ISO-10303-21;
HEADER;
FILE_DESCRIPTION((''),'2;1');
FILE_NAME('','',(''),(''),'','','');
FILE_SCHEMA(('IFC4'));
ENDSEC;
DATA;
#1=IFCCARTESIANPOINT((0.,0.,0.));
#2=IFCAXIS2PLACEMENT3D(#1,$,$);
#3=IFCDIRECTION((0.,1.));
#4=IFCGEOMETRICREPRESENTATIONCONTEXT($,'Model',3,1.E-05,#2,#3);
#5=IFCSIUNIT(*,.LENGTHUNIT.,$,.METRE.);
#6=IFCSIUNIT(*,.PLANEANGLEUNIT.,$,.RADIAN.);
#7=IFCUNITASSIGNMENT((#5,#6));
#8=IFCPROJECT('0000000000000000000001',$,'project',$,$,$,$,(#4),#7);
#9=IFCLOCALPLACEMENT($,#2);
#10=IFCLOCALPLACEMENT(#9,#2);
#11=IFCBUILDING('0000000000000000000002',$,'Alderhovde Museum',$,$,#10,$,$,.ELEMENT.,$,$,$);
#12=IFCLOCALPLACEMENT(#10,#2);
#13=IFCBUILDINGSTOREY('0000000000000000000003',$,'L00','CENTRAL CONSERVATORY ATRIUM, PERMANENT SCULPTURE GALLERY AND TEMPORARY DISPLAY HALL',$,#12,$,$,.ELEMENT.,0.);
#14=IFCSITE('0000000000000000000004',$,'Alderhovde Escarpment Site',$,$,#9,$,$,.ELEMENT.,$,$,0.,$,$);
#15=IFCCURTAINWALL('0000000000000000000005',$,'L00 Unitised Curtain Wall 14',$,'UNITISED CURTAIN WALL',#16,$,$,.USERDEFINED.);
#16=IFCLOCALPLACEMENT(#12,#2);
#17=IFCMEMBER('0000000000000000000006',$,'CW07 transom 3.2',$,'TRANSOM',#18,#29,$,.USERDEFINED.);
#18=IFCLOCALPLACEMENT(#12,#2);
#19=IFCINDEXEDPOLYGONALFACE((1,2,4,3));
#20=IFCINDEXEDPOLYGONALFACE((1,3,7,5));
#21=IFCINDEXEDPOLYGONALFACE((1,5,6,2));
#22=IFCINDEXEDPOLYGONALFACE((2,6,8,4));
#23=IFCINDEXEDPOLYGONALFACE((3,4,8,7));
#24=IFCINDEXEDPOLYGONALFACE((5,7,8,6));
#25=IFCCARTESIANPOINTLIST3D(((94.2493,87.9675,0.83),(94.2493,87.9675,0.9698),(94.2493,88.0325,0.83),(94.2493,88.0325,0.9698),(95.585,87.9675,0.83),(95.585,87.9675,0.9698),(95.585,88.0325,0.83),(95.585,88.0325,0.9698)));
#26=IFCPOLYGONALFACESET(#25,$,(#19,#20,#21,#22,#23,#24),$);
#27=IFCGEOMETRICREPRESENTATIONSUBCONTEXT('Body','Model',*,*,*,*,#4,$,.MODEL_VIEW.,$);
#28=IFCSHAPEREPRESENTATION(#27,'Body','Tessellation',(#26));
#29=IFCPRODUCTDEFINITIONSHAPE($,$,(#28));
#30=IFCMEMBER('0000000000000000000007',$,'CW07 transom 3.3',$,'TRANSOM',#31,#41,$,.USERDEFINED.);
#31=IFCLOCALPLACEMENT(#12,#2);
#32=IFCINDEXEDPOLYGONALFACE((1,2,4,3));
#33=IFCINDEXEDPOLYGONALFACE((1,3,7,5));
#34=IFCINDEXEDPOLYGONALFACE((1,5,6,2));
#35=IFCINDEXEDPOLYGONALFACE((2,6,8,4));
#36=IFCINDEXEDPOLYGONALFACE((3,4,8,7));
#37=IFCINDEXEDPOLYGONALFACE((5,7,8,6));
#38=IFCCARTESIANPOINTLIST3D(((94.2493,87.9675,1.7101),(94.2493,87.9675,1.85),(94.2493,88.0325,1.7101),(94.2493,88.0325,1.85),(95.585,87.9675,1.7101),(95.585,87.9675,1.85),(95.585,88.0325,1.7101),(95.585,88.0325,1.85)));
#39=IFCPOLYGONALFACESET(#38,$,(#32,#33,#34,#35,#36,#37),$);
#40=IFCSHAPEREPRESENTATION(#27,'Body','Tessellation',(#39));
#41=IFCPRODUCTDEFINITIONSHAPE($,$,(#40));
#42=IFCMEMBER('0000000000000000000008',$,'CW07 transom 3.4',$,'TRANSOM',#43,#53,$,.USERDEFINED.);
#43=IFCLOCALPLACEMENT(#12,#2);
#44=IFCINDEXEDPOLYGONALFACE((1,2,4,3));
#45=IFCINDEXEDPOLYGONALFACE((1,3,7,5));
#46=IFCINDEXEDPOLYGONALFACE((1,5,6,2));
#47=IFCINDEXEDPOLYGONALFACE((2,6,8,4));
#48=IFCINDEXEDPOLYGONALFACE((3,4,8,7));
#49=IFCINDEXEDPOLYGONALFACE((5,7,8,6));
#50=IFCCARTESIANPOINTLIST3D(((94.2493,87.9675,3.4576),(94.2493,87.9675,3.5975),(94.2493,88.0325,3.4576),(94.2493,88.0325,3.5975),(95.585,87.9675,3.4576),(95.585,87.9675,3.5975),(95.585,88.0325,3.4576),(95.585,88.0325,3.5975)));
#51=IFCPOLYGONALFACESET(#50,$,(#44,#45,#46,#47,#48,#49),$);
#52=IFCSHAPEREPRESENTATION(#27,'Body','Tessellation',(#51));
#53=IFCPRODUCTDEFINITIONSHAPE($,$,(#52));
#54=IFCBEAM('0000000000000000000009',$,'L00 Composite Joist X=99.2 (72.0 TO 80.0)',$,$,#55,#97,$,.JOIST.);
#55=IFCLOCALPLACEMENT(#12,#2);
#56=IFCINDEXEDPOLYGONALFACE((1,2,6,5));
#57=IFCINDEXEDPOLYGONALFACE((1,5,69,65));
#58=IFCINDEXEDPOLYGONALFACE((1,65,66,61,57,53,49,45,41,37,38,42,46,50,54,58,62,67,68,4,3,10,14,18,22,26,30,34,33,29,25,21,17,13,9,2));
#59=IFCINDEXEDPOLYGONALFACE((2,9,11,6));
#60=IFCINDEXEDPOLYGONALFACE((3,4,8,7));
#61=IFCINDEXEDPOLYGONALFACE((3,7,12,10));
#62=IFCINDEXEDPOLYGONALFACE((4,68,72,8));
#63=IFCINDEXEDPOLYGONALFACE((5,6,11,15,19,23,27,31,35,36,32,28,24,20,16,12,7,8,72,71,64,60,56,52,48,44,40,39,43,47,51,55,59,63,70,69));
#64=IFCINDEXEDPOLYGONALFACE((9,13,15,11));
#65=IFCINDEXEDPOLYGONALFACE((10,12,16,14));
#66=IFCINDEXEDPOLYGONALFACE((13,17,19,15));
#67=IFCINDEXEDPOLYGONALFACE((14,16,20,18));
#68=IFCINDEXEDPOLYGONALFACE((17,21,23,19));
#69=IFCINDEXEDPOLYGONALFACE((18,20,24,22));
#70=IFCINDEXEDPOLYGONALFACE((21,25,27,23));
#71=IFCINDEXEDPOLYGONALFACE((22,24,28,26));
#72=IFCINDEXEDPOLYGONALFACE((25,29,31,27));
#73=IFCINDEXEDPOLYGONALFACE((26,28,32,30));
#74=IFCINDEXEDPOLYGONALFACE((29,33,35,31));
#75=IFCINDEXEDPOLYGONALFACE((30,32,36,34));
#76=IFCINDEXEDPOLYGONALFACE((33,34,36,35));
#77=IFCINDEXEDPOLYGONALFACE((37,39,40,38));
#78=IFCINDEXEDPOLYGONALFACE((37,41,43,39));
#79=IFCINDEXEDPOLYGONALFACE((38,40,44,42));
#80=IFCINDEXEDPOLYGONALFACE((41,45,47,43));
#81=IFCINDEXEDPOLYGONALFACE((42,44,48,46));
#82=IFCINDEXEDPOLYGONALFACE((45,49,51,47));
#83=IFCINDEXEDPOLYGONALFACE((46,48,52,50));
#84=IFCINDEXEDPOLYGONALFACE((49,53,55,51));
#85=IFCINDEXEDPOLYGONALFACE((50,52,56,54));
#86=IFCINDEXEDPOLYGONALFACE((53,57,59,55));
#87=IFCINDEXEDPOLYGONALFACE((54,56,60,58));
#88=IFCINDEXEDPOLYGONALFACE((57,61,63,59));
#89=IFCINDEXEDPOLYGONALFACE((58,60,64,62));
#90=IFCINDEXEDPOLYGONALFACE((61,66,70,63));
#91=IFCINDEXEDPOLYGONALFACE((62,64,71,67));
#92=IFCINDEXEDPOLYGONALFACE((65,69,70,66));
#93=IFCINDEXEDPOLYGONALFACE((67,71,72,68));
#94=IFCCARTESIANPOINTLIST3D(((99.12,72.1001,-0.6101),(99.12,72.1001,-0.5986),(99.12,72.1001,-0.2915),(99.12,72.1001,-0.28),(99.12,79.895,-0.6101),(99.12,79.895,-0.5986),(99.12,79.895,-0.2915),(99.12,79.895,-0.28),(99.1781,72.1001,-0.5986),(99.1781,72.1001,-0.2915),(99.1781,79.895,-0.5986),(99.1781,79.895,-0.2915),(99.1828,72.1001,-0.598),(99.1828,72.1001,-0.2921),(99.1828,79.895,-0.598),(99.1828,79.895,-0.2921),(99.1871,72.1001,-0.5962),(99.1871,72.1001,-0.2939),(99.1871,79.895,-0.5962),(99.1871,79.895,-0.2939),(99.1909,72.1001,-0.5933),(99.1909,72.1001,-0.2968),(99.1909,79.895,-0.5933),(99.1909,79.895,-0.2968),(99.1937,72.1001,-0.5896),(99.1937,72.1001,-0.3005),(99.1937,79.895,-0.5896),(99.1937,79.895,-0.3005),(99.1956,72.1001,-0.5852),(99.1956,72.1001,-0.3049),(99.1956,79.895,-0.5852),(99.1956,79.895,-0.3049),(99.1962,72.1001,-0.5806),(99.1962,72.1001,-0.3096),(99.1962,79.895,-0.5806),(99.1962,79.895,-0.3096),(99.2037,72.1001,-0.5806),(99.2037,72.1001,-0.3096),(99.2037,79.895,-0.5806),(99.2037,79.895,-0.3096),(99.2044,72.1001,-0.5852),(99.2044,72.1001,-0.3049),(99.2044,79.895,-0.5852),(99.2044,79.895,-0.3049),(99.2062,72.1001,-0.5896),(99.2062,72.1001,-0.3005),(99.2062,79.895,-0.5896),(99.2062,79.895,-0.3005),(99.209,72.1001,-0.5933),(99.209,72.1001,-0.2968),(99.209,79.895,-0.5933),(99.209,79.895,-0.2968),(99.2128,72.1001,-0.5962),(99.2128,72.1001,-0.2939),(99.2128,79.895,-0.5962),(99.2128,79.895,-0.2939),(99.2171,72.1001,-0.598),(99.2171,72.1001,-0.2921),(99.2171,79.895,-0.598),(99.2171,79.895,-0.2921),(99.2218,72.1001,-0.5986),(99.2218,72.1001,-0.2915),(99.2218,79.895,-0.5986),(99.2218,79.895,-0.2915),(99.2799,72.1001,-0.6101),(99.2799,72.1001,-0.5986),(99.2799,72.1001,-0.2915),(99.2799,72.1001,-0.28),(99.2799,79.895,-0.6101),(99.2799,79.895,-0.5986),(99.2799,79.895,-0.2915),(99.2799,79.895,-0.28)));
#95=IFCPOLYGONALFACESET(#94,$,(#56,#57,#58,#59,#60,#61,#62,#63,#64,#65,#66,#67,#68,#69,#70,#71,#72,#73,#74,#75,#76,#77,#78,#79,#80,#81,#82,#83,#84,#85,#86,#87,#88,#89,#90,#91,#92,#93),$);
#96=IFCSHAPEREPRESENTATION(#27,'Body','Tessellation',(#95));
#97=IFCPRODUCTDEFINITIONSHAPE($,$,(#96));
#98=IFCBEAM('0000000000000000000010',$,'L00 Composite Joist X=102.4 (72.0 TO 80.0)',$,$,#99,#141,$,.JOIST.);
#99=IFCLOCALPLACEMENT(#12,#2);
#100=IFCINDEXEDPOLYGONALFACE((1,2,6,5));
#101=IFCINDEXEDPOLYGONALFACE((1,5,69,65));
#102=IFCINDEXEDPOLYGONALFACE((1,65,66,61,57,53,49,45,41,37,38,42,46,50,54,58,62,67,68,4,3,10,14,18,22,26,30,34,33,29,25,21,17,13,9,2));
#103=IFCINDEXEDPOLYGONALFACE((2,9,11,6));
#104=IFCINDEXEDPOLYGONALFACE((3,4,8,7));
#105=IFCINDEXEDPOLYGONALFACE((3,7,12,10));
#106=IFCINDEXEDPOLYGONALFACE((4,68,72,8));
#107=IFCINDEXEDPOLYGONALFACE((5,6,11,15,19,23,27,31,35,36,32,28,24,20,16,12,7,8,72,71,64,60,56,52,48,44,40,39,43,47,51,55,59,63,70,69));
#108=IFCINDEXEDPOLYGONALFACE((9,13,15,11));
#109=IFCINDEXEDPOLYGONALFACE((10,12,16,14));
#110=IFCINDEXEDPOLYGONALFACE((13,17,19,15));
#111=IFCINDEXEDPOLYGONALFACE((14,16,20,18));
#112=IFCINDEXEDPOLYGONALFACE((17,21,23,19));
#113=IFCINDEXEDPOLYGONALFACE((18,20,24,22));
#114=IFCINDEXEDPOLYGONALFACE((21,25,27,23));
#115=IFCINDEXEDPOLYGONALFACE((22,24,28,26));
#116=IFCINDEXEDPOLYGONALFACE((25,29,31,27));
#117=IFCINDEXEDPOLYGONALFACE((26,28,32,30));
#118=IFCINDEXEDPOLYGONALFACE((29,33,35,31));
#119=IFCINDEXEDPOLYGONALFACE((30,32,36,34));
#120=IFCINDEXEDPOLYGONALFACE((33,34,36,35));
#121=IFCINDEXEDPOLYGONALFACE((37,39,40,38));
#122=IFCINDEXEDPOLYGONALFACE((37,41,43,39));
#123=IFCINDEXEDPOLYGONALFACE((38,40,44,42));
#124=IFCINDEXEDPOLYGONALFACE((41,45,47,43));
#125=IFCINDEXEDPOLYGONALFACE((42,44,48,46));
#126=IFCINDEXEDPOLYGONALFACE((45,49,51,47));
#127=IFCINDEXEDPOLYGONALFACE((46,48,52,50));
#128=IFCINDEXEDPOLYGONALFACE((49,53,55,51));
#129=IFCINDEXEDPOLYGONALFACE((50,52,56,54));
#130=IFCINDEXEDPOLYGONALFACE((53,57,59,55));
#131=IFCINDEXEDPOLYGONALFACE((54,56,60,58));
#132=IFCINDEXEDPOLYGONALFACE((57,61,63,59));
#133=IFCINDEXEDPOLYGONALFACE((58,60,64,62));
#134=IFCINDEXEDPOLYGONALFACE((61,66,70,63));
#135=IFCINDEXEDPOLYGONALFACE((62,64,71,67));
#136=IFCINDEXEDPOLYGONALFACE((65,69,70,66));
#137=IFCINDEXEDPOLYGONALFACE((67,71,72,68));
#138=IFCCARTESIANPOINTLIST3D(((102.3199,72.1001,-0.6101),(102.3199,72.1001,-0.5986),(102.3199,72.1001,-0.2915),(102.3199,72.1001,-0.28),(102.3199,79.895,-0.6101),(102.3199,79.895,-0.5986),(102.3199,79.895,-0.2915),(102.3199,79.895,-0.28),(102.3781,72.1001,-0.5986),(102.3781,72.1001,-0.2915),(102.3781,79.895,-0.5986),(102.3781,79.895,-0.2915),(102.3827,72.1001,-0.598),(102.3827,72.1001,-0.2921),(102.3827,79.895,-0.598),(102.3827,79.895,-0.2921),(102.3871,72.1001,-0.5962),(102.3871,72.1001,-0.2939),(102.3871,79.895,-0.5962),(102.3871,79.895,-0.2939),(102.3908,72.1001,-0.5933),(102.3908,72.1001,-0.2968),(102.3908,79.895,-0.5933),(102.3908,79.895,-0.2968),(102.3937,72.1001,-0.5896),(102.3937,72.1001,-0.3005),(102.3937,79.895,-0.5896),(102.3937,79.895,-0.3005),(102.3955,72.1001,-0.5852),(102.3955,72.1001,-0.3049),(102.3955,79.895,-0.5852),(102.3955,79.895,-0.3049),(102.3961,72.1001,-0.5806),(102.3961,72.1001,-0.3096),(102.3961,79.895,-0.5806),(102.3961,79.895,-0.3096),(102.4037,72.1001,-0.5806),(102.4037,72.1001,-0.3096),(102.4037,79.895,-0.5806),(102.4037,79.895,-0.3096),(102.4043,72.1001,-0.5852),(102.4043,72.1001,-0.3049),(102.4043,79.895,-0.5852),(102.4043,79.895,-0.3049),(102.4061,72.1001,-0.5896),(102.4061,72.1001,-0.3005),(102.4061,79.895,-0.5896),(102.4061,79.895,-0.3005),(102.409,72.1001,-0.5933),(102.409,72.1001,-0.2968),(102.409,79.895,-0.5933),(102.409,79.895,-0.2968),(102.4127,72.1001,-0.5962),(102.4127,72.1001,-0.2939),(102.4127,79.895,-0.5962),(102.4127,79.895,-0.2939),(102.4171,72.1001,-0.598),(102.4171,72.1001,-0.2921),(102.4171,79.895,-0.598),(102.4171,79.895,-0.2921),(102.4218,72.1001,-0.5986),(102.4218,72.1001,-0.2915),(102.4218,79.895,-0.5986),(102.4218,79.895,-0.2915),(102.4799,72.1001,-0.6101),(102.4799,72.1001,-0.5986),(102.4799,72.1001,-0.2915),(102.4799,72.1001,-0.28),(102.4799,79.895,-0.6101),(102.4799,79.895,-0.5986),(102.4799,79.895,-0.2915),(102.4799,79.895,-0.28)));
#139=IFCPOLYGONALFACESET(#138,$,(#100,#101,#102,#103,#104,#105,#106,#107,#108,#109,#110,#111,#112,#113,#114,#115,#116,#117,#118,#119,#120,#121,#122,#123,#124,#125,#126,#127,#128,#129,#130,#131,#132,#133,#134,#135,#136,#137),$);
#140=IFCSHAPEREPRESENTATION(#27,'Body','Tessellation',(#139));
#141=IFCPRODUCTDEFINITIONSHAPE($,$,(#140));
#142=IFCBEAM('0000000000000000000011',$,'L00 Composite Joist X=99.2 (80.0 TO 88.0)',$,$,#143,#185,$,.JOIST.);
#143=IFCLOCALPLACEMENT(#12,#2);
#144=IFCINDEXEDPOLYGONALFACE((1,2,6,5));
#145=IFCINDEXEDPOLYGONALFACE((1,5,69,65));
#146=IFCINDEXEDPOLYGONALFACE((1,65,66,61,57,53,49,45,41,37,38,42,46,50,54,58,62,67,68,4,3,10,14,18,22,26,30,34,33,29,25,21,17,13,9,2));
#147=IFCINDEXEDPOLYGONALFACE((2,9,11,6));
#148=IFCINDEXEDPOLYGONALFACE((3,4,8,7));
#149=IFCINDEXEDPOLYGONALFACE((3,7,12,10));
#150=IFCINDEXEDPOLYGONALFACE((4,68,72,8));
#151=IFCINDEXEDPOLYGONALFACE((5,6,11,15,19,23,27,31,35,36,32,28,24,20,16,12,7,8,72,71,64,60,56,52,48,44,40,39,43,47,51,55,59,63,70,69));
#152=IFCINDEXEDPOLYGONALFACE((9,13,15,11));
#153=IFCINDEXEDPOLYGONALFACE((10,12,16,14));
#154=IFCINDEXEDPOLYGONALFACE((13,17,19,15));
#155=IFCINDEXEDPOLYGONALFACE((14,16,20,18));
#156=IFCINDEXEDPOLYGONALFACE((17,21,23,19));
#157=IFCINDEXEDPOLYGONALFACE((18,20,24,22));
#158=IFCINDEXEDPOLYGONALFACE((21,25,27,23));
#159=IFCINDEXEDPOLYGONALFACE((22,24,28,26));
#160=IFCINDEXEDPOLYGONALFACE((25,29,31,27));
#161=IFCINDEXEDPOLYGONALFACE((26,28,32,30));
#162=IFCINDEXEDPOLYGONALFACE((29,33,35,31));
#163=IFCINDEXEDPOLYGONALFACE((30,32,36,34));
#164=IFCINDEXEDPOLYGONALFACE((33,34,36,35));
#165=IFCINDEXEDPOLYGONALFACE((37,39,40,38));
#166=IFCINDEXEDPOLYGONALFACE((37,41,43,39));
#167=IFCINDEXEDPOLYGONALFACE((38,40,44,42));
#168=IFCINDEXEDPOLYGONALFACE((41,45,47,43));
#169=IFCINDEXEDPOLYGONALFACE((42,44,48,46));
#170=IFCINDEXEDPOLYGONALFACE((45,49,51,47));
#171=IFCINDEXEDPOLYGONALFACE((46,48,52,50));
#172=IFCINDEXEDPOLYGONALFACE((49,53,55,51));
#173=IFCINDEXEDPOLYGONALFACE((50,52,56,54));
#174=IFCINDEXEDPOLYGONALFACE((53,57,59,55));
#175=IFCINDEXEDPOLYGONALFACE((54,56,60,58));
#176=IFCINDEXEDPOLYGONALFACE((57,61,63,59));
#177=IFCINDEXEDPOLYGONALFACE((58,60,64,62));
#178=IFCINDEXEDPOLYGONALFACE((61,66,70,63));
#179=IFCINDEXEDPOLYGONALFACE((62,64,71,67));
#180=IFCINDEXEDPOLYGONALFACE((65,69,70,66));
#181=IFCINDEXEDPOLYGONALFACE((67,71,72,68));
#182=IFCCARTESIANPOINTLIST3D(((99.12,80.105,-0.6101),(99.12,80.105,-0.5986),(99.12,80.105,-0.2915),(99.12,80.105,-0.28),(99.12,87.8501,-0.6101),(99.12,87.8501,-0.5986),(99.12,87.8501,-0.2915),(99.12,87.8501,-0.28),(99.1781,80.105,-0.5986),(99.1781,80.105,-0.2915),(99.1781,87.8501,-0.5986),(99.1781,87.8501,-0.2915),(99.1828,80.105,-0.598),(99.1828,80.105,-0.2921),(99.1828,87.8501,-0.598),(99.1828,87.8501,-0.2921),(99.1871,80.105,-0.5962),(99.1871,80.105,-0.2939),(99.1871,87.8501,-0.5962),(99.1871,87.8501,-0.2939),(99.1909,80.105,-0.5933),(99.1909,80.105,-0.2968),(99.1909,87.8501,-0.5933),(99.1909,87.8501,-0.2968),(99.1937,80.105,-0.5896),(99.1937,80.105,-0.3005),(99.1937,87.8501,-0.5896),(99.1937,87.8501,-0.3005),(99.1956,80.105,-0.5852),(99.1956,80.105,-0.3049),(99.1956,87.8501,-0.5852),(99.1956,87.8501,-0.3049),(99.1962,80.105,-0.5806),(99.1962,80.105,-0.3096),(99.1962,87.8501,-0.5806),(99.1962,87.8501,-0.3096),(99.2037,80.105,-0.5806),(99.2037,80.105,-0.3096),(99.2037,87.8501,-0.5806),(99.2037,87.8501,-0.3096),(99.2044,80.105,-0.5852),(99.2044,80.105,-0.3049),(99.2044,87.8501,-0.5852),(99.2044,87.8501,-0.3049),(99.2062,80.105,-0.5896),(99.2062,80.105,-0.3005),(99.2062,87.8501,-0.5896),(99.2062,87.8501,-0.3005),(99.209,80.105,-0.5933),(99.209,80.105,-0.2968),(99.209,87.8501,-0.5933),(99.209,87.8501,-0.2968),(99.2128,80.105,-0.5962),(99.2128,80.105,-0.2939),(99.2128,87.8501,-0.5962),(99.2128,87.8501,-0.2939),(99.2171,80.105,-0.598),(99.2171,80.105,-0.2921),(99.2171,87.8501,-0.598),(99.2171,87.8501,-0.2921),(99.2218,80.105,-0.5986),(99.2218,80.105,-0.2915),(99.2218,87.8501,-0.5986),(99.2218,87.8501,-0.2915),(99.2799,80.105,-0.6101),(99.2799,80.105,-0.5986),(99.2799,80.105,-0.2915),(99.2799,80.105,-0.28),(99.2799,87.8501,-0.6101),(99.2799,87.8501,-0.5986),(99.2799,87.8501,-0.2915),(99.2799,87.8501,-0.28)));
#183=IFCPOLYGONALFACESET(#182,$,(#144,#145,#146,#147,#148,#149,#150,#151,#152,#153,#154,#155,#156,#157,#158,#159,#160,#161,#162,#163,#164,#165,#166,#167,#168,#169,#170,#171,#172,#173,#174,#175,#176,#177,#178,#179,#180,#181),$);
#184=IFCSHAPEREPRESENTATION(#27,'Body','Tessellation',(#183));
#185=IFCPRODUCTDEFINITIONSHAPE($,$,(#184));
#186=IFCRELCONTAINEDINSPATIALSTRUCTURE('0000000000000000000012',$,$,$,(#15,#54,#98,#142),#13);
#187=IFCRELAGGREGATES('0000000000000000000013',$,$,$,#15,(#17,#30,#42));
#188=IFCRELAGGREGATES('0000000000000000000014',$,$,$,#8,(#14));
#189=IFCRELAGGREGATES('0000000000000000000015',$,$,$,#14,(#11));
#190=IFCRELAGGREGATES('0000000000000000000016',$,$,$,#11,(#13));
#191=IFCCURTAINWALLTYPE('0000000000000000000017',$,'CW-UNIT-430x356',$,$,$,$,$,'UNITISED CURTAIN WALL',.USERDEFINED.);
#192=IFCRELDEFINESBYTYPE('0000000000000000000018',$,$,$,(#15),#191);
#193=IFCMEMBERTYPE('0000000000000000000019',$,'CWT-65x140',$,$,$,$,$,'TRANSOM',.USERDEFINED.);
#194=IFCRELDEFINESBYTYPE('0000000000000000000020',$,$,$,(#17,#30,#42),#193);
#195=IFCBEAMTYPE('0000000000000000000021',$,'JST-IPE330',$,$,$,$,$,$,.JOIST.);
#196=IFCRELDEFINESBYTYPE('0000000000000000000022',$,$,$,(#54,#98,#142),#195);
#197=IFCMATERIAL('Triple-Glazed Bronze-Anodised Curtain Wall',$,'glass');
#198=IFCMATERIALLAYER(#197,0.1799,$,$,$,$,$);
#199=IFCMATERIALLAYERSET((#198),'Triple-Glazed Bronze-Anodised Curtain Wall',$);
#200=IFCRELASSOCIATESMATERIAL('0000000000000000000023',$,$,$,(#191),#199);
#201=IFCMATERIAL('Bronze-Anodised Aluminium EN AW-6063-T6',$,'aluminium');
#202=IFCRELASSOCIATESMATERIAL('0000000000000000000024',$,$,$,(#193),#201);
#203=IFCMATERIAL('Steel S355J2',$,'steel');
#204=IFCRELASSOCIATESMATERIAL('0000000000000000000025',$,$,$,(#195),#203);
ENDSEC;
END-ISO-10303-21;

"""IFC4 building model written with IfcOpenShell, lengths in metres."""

from ifc_helpers import new_model, si_unit, direction, frame, origin, origin_2d, place, context, subcontext, project, spatial, rectangle, i_section, extrude, material, layer, layer_set, material_profile, profile_set, type_object, element, aggregate, save


model = new_model("IFC4")

# Units and contexts
model_context = context("Model", 3, precision=1e-05, world=origin(), true_north=direction((0.0, 1.0)))
body_context = subcontext(model_context, "Body", "Model", "MODEL_VIEW")
ifc_project = project(units=[si_unit("LENGTHUNIT", "METRE"), si_unit("PLANEANGLEUNIT", "RADIAN")], contexts=[model_context])

# Site, building, storey
site_placement = place(None, origin())
site = spatial("IfcSite", under=ifc_project, at=site_placement, Name="Alderhovde Escarpment Site", CompositionType="ELEMENT", RefElevation=0.0)
building_placement = place(site_placement, origin())
building = spatial("IfcBuilding", under=site, at=building_placement, Name="Alderhovde Museum", CompositionType="ELEMENT")
storey_placement = place(building_placement, origin())
storey = spatial("IfcBuildingStorey", under=building, at=storey_placement, Name="L00", Description="CENTRAL CONSERVATORY ATRIUM, PERMANENT SCULPTURE GALLERY AND TEMPORARY DISPLAY HALL", CompositionType="ELEMENT", Elevation=0.0)

# Curtain wall, members
ifc_material_1 = material(Name="Triple-Glazed Bronze-Anodised Curtain Wall", Category="glass")
ifc_layer_1 = layer(ifc_material_1, 0.1799)
ifc_layer_set_1 = layer_set([ifc_layer_1], Name="Triple-Glazed Bronze-Anodised Curtain Wall")
curtain_wall_type = type_object("IfcCurtainWallType", Name="CW-UNIT-430x356", ElementType="UNITISED CURTAIN WALL", PredefinedType="USERDEFINED", material=ifc_layer_set_1)
curtain_wall_placement = place(storey_placement, origin())
curtain_wall = element("IfcCurtainWall", 1, at=curtain_wall_placement, inside=storey, type_object=curtain_wall_type, Name="L00 Unitised Curtain Wall 14", ObjectType="UNITISED CURTAIN WALL", PredefinedType="USERDEFINED")
ifc_material_2 = material(Name="Bronze-Anodised Aluminium EN AW-6063-T6", Category="aluminium")
ifc_material_profile_1 = material_profile(ifc_material_2, rectangle(XDim=0.0649, YDim=0.1399, at=origin_2d()), Name="TRANSOM 65x140")
ifc_profile_set_1 = profile_set([ifc_material_profile_1], Name="Bronze-Anodised Aluminium EN AW-6063-T6")
member_type_1 = type_object("IfcMemberType", Name="CWT-65x140", ElementType="TRANSOM", PredefinedType="USERDEFINED", material=ifc_profile_set_1)
member_1_placement = place(storey_placement, frame((94.2493, 88.0, 0.8999), z_axis=(1.0, 0.0, 0.0), x_axis=(0.0, 1.0, 0.0)))
member_1 = element("IfcMember", 2, at=member_1_placement, type_object=member_type_1, Name="CW07 transom 3.2", ObjectType="TRANSOM", PredefinedType="USERDEFINED", context=body_context, shape_type="SweptSolid", body=[
    extrude(rectangle(XDim=0.0649, YDim=0.1399, at=origin_2d()), origin(), (0.0, 0.0, 1.0), 1.3357),
])
member_2_placement = place(storey_placement, frame((94.2493, 88.0, 1.78), z_axis=(1.0, 0.0, 0.0), x_axis=(0.0, 1.0, 0.0)))
member_2 = element("IfcMember", 3, at=member_2_placement, type_object=member_type_1, Name="CW07 transom 3.3", ObjectType="TRANSOM", PredefinedType="USERDEFINED", context=body_context, shape_type="SweptSolid", body=[
    extrude(rectangle(XDim=0.0649, YDim=0.1399, at=origin_2d()), origin(), (0.0, 0.0, 1.0), 1.3357),
])
member_3_placement = place(storey_placement, frame((94.2493, 88.0, 3.5276), z_axis=(1.0, 0.0, 0.0), x_axis=(0.0, 1.0, 0.0)))
member_3 = element("IfcMember", 4, at=member_3_placement, type_object=member_type_1, Name="CW07 transom 3.4", ObjectType="TRANSOM", PredefinedType="USERDEFINED", context=body_context, shape_type="SweptSolid", body=[
    extrude(rectangle(XDim=0.0649, YDim=0.1399, at=origin_2d()), origin(), (0.0, 0.0, 1.0), 1.3357),
])

# Beams
ifc_material_3 = material(Name="Steel S355J2", Category="steel")
ifc_material_profile_2 = material_profile(ifc_material_3, i_section(OverallWidth=0.1599, OverallDepth=0.3301, WebThickness=0.0076, FlangeThickness=0.0115, FilletRadius=0.0181, at=origin_2d()), Name="IPE 330")
ifc_profile_set_2 = profile_set([ifc_material_profile_2], Name="Steel S355J2")
beam_type_1 = type_object("IfcBeamType", Name="JST-IPE330", PredefinedType="JOIST", material=ifc_profile_set_2)
for number, where, z_axis, x_axis, name in (
    (5, (99.2, 72.1001, -0.4451), (0.0, 1.0, 0.0), (-1.0, 0.0, 0.0), "L00 Composite Joist X=99.2 (72.0 TO 80.0)"),
    (6, (102.3999, 72.1001, -0.4451), (0.0, 1.0, 0.0), (-1.0, 0.0, 0.0), "L00 Composite Joist X=102.4 (72.0 TO 80.0)"),
):
    element("IfcBeam", number, at=place(storey_placement, frame(where, z_axis=z_axis, x_axis=x_axis)), inside=storey, type_object=beam_type_1, Name=name, PredefinedType="JOIST", context=body_context, shape_type="SweptSolid", body=[
        extrude(i_section(OverallWidth=0.1599, OverallDepth=0.3301, WebThickness=0.0076, FlangeThickness=0.0115, FilletRadius=0.0181, at=origin_2d()), origin(), (0.0, 0.0, 1.0), 7.7949),
    ])
for number, where, z_axis, x_axis, name in (
    (7, (99.2, 80.105, -0.4451), (0.0, 1.0, 0.0), (-1.0, 0.0, 0.0), "L00 Composite Joist X=99.2 (80.0 TO 88.0)"),
):
    element("IfcBeam", number, at=place(storey_placement, frame(where, z_axis=z_axis, x_axis=x_axis)), inside=storey, type_object=beam_type_1, Name=name, PredefinedType="JOIST", context=body_context, shape_type="SweptSolid", body=[
        extrude(i_section(OverallWidth=0.1599, OverallDepth=0.3301, WebThickness=0.0076, FlangeThickness=0.0115, FilletRadius=0.0181, at=origin_2d()), origin(), (0.0, 0.0, 1.0), 7.7451),
    ])

aggregate(curtain_wall, [member_1, member_2, member_3])

save(model, "model.ifc")
